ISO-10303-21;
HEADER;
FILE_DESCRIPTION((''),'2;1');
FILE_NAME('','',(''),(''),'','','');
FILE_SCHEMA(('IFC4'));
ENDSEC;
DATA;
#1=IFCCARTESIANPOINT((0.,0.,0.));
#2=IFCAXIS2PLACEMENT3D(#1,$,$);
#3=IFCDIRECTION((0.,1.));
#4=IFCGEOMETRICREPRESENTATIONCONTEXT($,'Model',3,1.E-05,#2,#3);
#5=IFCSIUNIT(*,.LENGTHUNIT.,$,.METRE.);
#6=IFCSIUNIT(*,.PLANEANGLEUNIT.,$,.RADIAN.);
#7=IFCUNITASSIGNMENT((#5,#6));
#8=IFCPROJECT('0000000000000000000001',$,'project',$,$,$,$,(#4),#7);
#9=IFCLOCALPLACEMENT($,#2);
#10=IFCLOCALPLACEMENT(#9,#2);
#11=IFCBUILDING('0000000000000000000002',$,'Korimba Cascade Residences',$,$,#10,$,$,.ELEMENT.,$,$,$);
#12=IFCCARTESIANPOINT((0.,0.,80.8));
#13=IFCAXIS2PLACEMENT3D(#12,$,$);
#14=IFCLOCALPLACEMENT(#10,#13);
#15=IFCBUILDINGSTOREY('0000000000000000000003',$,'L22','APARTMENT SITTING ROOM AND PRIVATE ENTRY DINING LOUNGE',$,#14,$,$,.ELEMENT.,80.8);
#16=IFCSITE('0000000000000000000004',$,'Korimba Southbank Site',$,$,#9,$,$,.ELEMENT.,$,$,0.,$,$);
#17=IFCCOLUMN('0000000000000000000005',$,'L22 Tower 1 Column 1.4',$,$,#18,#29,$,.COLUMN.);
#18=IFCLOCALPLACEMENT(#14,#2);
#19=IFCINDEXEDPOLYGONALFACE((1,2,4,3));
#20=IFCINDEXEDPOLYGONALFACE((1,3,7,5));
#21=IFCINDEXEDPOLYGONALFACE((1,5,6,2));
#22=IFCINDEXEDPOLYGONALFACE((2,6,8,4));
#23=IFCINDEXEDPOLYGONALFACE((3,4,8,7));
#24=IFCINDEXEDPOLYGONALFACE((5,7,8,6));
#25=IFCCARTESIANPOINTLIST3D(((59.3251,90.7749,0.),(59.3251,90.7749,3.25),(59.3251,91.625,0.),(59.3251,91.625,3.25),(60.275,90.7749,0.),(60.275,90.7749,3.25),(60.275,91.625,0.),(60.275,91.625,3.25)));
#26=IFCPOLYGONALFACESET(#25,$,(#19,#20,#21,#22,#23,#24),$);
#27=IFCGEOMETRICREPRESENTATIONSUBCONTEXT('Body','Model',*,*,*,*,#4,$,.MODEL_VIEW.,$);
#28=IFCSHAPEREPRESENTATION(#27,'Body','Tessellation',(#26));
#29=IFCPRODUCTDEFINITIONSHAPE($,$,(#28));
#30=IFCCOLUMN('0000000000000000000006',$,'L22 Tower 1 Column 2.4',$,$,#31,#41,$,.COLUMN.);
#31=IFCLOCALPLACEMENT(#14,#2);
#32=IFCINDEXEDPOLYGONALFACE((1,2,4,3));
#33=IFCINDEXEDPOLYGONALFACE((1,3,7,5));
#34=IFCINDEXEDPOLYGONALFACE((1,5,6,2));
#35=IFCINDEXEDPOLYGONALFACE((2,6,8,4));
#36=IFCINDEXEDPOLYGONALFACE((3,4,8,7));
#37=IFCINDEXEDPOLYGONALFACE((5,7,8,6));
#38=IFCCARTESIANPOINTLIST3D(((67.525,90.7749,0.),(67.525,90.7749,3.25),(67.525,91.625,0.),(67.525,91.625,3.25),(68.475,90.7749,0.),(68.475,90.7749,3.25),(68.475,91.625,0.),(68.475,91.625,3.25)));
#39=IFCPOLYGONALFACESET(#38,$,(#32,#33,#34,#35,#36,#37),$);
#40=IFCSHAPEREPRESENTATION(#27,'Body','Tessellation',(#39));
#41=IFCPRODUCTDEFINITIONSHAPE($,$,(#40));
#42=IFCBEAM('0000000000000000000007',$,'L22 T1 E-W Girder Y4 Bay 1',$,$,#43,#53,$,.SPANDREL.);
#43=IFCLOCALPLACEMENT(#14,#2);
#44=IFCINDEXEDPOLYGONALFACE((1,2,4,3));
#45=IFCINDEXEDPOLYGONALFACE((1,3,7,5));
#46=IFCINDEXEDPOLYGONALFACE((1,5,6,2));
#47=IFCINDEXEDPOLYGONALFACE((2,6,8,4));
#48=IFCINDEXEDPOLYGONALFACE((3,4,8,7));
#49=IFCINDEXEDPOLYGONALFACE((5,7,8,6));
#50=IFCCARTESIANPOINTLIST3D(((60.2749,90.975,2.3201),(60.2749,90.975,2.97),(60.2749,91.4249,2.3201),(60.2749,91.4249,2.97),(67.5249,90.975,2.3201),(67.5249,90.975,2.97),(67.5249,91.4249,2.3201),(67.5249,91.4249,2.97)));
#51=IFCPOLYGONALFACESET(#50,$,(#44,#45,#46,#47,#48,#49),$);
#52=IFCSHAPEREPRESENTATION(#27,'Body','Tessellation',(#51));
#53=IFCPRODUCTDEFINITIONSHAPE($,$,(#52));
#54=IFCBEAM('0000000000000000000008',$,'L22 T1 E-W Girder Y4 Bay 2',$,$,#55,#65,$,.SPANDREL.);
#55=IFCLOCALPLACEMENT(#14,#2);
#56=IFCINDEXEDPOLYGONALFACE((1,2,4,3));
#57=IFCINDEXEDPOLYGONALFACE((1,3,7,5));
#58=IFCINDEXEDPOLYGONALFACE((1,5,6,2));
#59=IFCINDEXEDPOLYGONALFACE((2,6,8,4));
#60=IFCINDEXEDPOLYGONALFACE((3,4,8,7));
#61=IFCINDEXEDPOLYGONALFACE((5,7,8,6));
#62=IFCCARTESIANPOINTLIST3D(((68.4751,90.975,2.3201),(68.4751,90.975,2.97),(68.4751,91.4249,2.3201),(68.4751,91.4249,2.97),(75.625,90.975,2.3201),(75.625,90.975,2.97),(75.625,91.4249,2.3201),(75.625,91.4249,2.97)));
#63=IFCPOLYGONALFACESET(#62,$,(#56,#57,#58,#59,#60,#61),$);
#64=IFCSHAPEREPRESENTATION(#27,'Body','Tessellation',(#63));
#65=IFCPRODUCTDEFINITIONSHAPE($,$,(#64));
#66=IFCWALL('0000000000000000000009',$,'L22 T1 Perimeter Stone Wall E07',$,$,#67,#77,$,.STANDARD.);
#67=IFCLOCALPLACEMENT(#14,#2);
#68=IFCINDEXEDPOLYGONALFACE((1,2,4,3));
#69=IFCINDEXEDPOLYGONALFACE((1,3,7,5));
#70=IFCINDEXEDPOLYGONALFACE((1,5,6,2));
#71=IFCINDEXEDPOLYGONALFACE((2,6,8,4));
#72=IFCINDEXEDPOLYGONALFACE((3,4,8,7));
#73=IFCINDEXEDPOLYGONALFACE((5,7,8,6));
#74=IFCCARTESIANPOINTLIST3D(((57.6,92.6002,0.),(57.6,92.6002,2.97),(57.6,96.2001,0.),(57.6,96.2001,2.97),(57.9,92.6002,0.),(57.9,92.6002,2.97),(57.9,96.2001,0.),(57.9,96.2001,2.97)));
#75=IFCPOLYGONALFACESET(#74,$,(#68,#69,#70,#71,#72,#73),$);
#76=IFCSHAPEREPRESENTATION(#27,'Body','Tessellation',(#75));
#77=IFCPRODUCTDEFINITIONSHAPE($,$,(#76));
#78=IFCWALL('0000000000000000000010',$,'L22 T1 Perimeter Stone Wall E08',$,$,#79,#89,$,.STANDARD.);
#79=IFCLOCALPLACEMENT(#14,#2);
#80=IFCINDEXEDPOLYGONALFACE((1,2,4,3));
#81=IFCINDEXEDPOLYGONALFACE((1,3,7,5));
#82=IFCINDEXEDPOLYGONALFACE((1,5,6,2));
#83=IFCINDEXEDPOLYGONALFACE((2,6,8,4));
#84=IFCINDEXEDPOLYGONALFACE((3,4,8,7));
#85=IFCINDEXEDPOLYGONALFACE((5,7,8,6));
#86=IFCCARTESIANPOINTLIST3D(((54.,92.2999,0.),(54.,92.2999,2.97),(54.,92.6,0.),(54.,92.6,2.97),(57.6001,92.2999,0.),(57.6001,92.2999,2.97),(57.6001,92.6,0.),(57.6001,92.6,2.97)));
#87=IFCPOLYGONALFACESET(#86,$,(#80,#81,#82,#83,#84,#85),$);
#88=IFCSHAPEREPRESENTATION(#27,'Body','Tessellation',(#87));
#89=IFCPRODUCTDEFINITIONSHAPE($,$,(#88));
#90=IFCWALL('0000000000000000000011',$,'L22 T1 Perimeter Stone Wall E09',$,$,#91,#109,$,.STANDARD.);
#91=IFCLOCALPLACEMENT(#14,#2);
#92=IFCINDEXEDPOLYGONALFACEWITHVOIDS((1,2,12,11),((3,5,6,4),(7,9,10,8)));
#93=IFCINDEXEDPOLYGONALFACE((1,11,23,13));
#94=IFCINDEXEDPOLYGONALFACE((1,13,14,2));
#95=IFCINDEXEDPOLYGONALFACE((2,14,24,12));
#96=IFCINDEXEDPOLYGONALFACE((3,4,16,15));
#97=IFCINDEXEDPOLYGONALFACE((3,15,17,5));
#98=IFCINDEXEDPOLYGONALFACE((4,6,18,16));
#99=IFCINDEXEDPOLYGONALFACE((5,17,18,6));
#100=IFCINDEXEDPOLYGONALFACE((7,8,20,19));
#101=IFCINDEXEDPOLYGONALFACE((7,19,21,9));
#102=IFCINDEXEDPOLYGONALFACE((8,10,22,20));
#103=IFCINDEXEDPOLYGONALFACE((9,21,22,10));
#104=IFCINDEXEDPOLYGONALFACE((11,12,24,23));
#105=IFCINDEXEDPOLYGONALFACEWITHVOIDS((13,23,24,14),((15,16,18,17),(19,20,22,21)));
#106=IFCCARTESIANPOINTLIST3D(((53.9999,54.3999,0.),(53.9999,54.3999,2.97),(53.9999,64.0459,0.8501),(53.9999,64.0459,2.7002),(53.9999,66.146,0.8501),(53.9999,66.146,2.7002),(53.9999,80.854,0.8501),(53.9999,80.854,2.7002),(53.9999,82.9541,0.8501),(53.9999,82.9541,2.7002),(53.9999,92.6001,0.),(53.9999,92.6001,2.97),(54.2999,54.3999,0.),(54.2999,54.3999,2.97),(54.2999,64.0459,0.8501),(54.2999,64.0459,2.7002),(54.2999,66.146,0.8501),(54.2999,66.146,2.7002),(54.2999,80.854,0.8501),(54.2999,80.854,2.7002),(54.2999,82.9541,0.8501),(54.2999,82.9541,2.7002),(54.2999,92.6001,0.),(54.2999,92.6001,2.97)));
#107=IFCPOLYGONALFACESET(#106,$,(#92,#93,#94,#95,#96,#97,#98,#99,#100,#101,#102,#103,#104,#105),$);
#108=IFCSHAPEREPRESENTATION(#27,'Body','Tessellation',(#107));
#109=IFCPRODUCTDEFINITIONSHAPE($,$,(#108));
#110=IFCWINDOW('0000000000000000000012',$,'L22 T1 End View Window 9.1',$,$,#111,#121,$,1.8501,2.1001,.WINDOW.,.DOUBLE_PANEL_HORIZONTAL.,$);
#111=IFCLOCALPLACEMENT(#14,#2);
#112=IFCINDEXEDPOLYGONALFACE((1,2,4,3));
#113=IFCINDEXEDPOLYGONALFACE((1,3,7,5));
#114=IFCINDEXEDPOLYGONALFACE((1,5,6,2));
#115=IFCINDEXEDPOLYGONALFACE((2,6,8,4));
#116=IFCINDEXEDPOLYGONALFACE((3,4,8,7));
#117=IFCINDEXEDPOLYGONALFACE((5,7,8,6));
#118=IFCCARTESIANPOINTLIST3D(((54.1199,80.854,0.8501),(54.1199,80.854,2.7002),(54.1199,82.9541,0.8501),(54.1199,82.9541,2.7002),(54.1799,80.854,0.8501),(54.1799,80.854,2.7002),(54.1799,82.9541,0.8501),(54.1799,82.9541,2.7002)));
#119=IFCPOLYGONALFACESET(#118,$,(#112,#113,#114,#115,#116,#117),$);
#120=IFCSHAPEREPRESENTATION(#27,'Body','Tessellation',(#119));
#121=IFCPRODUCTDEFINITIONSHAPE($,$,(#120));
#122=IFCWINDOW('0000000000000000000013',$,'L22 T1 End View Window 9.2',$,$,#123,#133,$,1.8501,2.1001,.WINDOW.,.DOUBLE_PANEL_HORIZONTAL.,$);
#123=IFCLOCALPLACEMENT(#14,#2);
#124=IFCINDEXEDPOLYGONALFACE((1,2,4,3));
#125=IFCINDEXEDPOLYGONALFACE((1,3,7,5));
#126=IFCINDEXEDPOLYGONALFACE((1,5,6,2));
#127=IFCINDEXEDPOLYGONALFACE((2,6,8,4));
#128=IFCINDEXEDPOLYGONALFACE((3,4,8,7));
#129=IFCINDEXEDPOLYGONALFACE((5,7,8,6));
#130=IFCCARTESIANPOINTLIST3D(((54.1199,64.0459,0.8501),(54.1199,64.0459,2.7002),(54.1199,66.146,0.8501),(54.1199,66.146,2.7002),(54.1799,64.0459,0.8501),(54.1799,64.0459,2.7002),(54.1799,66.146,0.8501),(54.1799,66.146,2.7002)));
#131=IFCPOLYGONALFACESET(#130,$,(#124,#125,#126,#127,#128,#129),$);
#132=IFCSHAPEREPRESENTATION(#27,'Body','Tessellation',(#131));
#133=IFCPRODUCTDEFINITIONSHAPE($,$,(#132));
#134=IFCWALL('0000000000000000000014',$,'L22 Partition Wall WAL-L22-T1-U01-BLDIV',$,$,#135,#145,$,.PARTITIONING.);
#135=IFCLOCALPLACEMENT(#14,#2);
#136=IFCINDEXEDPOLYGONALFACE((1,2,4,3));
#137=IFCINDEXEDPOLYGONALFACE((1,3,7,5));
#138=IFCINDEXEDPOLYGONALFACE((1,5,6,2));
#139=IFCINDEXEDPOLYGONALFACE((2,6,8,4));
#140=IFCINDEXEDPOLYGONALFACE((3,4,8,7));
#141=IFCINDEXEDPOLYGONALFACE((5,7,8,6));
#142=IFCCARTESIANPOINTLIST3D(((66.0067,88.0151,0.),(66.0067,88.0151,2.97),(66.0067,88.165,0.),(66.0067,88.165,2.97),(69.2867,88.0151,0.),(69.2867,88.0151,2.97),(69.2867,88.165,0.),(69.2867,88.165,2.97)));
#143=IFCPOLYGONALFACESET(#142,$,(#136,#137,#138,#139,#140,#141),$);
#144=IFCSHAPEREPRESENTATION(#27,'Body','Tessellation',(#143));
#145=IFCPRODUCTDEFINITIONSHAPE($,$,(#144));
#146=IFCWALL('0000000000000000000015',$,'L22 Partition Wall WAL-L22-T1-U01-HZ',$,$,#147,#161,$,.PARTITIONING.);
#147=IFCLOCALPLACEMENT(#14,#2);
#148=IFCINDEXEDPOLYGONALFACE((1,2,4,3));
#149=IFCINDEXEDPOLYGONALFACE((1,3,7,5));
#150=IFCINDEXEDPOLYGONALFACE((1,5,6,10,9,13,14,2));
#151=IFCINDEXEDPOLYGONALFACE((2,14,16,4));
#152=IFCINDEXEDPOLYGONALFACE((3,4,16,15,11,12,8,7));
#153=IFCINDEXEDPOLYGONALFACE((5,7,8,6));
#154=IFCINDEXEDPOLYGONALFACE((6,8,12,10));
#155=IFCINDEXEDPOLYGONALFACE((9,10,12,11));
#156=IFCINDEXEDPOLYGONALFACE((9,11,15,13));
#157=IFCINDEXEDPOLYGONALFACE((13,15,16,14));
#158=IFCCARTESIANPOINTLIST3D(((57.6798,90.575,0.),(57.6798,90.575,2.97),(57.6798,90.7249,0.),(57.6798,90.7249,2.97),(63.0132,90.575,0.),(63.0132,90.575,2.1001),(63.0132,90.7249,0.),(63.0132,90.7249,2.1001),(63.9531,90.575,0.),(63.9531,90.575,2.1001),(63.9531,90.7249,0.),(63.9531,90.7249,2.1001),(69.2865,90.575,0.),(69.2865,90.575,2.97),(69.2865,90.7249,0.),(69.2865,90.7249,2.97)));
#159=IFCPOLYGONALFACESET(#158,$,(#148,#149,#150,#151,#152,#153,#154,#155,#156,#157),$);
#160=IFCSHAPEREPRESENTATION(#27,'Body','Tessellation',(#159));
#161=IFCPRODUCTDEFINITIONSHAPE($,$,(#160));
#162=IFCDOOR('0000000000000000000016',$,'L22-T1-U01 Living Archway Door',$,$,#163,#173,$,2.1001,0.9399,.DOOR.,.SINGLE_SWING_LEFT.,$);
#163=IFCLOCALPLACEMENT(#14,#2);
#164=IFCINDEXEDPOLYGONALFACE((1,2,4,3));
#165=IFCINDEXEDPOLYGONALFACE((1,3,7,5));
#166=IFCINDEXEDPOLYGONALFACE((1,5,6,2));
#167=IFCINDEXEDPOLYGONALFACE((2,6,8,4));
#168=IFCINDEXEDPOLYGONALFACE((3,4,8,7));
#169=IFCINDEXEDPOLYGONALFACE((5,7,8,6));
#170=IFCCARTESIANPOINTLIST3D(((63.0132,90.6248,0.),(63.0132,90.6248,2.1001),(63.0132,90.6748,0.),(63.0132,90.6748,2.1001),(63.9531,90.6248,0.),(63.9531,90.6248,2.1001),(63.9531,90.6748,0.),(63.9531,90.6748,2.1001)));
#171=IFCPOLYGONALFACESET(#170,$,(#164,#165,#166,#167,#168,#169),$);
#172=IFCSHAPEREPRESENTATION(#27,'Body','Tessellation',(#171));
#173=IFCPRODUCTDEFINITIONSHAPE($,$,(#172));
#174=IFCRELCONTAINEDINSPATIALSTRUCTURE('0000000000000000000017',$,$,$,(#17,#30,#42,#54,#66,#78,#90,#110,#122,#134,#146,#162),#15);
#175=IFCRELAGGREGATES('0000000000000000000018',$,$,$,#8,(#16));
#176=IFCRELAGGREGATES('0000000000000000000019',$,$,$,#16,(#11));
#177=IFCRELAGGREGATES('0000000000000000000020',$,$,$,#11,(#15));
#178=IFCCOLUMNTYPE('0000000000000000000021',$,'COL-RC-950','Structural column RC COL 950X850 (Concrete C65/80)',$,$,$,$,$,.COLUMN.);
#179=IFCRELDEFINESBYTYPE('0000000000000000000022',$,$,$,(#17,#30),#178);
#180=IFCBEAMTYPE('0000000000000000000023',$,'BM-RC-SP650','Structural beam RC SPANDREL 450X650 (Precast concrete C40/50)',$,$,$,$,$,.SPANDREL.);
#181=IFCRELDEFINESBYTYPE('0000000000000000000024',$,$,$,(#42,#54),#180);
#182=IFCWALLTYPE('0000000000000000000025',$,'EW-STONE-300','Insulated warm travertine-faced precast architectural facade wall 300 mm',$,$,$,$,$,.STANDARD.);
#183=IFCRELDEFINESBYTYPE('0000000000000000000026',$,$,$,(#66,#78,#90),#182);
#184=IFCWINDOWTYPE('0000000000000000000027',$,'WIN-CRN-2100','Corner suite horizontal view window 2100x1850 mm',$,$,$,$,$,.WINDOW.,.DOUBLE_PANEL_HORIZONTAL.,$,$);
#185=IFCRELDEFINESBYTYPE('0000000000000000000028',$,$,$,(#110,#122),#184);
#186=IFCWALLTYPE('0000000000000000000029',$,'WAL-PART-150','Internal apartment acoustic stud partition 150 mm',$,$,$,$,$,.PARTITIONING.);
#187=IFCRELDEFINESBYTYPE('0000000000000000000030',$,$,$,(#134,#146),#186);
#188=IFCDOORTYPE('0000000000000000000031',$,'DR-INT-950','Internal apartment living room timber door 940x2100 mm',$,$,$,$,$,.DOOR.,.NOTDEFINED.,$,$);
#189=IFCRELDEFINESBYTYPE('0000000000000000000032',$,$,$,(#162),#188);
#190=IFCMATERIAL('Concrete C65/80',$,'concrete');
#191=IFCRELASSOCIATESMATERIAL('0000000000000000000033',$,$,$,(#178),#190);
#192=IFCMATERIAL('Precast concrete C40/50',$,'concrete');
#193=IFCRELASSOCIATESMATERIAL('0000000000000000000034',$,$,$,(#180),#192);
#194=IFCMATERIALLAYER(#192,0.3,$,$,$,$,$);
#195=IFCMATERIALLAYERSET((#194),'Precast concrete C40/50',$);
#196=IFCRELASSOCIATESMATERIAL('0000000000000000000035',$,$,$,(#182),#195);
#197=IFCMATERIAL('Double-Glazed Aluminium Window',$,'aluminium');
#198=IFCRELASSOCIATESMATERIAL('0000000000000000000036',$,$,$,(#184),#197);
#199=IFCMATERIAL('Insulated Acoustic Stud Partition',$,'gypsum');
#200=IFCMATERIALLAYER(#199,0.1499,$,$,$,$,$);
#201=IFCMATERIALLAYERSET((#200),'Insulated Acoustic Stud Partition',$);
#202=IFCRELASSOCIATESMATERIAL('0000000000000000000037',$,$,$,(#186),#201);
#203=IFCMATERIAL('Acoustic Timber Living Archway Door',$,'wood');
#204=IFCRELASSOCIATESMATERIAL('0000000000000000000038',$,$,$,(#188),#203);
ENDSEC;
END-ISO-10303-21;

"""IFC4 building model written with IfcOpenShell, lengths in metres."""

from ifc_helpers import new_model, si_unit, direction, frame, frame_2d, origin, origin_2d, place, context, subcontext, project, spatial, rectangle, extrude, material, layer, layer_set, material_profile, profile_set, type_object, element, fill, save


model = new_model("IFC4")

# Units and contexts
model_context = context("Model", 3, precision=1e-05, world=origin(), true_north=direction((0.0, 1.0)))
body_context = subcontext(model_context, "Body", "Model", "MODEL_VIEW")
ifc_project = project(units=[si_unit("LENGTHUNIT", "METRE"), si_unit("PLANEANGLEUNIT", "RADIAN")], contexts=[model_context])

# Site, building, storey
site_placement = place(None, origin())
site = spatial("IfcSite", under=ifc_project, at=site_placement, Name="Korimba Southbank Site", CompositionType="ELEMENT", RefElevation=0.0)
building_placement = place(site_placement, origin())
building = spatial("IfcBuilding", under=site, at=building_placement, Name="Korimba Cascade Residences", CompositionType="ELEMENT")
storey_placement = place(building_placement, frame((0.0, 0.0, 80.8)))
storey = spatial("IfcBuildingStorey", under=building, at=storey_placement, Name="L22", Description="APARTMENT SITTING ROOM AND PRIVATE ENTRY DINING LOUNGE", CompositionType="ELEMENT", Elevation=80.8)

# Columns
ifc_material_1 = material(Name="Concrete C65/80", Category="concrete")
ifc_material_profile_1 = material_profile(ifc_material_1, rectangle(XDim=0.95, YDim=0.8501, at=origin_2d()), Name="Concrete C65/80")
ifc_profile_set_1 = profile_set([ifc_material_profile_1], Name="Concrete C65/80")
column_type = type_object("IfcColumnType", Name="COL-RC-950", Description="Structural column RC COL 950X850 (Concrete C65/80)", PredefinedType="COLUMN", material=ifc_profile_set_1)
for number, where, z_axis, x_axis, name in (
    (1, (59.8, 91.2, 0.0), (0.0, 0.0, 1.0), (1.0, 0.0, 0.0), "L22 Tower 1 Column 1.4"),
    (2, (68.0, 91.2, 0.0), (0.0, 0.0, 1.0), (1.0, 0.0, 0.0), "L22 Tower 1 Column 2.4"),
):
    element("IfcColumn", number, at=place(storey_placement, frame(where, z_axis=z_axis, x_axis=x_axis)), inside=storey, type_object=column_type, Name=name, PredefinedType="COLUMN", context=body_context, shape_type="SweptSolid", body=[
        extrude(rectangle(XDim=0.95, YDim=0.8501, at=origin_2d()), origin(), (0.0, 0.0, 1.0), 3.25),
    ])

# Beams
ifc_material_2 = material(Name="Precast concrete C40/50", Category="concrete")
ifc_material_profile_2 = material_profile(ifc_material_2, rectangle(XDim=0.45, YDim=0.6499, at=origin_2d()), Name="Precast concrete C40/50")
ifc_profile_set_2 = profile_set([ifc_material_profile_2], Name="Precast concrete C40/50")
beam_type = type_object("IfcBeamType", Name="BM-RC-SP650", Description="Structural beam RC SPANDREL 450X650 (Precast concrete C40/50)", PredefinedType="SPANDREL", material=ifc_profile_set_2)
beam_1_placement = place(storey_placement, frame((60.2749, 91.2, 2.645), z_axis=(1.0, 0.0, 0.0), x_axis=(0.0, 1.0, 0.0)))
element("IfcBeam", 3, at=beam_1_placement, inside=storey, type_object=beam_type, Name="L22 T1 E-W Girder Y4 Bay 1", PredefinedType="SPANDREL", context=body_context, shape_type="SweptSolid", body=[
    extrude(rectangle(XDim=0.45, YDim=0.6499, at=origin_2d()), origin(), (0.0, 0.0, 1.0), 7.25),
])
beam_2_placement = place(storey_placement, frame((68.4751, 91.2, 2.645), z_axis=(1.0, 0.0, 0.0), x_axis=(0.0, 1.0, 0.0)))
element("IfcBeam", 4, at=beam_2_placement, inside=storey, type_object=beam_type, Name="L22 T1 E-W Girder Y4 Bay 2", PredefinedType="SPANDREL", context=body_context, shape_type="SweptSolid", body=[
    extrude(rectangle(XDim=0.45, YDim=0.6499, at=origin_2d()), origin(), (0.0, 0.0, 1.0), 7.1499),
])

# Walls
ifc_layer_1 = layer(ifc_material_2, 0.3)
ifc_layer_set_1 = layer_set([ifc_layer_1], Name="Precast concrete C40/50")
wall_type_1 = type_object("IfcWallType", Name="EW-STONE-300", Description="Insulated warm travertine-faced precast architectural facade wall 300 mm", PredefinedType="STANDARD", material=ifc_layer_set_1)
wall_1_placement = place(storey_placement, frame((57.75, 96.2, 0.0), z_axis=(0.0, 0.0, 1.0), x_axis=(0.0, -1.0, 0.0)))
element("IfcWall", 5, at=wall_1_placement, inside=storey, type_object=wall_type_1, Name="L22 T1 Perimeter Stone Wall E07", PredefinedType="STANDARD", context=body_context, shape_type="SweptSolid", body=[
    extrude(rectangle(XDim=3.5999, YDim=0.3, at=frame_2d((1.7998, 0.0))), origin(), (0.0, 0.0, 1.0), 2.97),
])
wall_2_placement = place(storey_placement, frame((57.6001, 92.45, 0.0), z_axis=(0.0, 0.0, 1.0), x_axis=(-1.0, 0.0, 0.0)))
element("IfcWall", 6, at=wall_2_placement, inside=storey, type_object=wall_type_1, Name="L22 T1 Perimeter Stone Wall E08", PredefinedType="STANDARD", context=body_context, shape_type="SweptSolid", body=[
    extrude(rectangle(XDim=3.6001, YDim=0.3, at=frame_2d((1.8, 0.0))), origin(), (0.0, 0.0, 1.0), 2.97),
])

# Wall, openings, windows
wall_3_placement = place(storey_placement, frame((54.1499, 92.6001, 0.0), z_axis=(0.0, 0.0, 1.0), x_axis=(0.0, -1.0, 0.0)))
wall_3 = element("IfcWall", 7, at=wall_3_placement, inside=storey, type_object=wall_type_1, Name="L22 T1 Perimeter Stone Wall E09", PredefinedType="STANDARD", context=body_context, shape_type="SweptSolid", body=[
    extrude(rectangle(XDim=38.2002, YDim=0.3, at=frame_2d((19.1001, 0.0))), origin(), (0.0, 0.0, 1.0), 2.97),
])
opening_1_placement = place(wall_3_placement, frame((9.646, 0.0, 0.8501)))
opening_1 = element("IfcOpeningElement", 8, at=opening_1_placement, cuts=wall_3, PredefinedType="OPENING", context=body_context, shape_type="SweptSolid", body=[
    extrude(rectangle(XDim=2.1001, YDim=1.8501, at=frame_2d((1.05, 0.925))), frame((0.0, 0.1602, 0.0), z_axis=(0.0, -1.0, 0.0), x_axis=(1.0, 0.0, 0.0)), (0.0, 0.0, 1.0), 0.3201),
])
opening_2_placement = place(wall_3_placement, frame((26.4541, 0.0, 0.8501)))
opening_2 = element("IfcOpeningElement", 9, at=opening_2_placement, cuts=wall_3, PredefinedType="OPENING", context=body_context, shape_type="SweptSolid", body=[
    extrude(rectangle(XDim=2.1001, YDim=1.8501, at=frame_2d((1.05, 0.925))), frame((0.0, 0.1602, 0.0), z_axis=(0.0, -1.0, 0.0), x_axis=(1.0, 0.0, 0.0)), (0.0, 0.0, 1.0), 0.3201),
])
ifc_material_3 = material(Name="Double-Glazed Aluminium Window", Category="aluminium")
window_type = type_object("IfcWindowType", Name="WIN-CRN-2100", Description="Corner suite horizontal view window 2100x1850 mm", PartitioningType="DOUBLE_PANEL_HORIZONTAL", PredefinedType="WINDOW", material=ifc_material_3)
window_1_placement = place(opening_1_placement, origin())
window_1 = element("IfcWindow", 10, at=window_1_placement, inside=storey, type_object=window_type, Name="L22 T1 End View Window 9.1", OverallHeight=1.8501, OverallWidth=2.1001, PartitioningType="DOUBLE_PANEL_HORIZONTAL", PredefinedType="WINDOW", context=body_context, shape_type="SweptSolid", body=[
    extrude(rectangle(XDim=2.1001, YDim=1.8501, at=frame_2d((1.05, 0.925))), frame((0.0, 0.03, 0.0), z_axis=(0.0, -1.0, 0.0), x_axis=(1.0, 0.0, 0.0)), (0.0, 0.0, 1.0), 0.0601),
])
fill(opening_1, window_1)
window_2_placement = place(opening_2_placement, origin())
window_2 = element("IfcWindow", 11, at=window_2_placement, inside=storey, type_object=window_type, Name="L22 T1 End View Window 9.2", OverallHeight=1.8501, OverallWidth=2.1001, PartitioningType="DOUBLE_PANEL_HORIZONTAL", PredefinedType="WINDOW", context=body_context, shape_type="SweptSolid", body=[
    extrude(rectangle(XDim=2.1001, YDim=1.8501, at=frame_2d((1.05, 0.925))), frame((0.0, 0.03, 0.0), z_axis=(0.0, -1.0, 0.0), x_axis=(1.0, 0.0, 0.0)), (0.0, 0.0, 1.0), 0.0601),
])
fill(opening_2, window_2)

# Wall
ifc_material_4 = material(Name="Insulated Acoustic Stud Partition", Category="gypsum")
ifc_layer_2 = layer(ifc_material_4, 0.1499)
ifc_layer_set_2 = layer_set([ifc_layer_2], Name="Insulated Acoustic Stud Partition")
wall_type_2 = type_object("IfcWallType", Name="WAL-PART-150", Description="Internal apartment acoustic stud partition 150 mm", PredefinedType="PARTITIONING", material=ifc_layer_set_2)
wall_4_placement = place(storey_placement, frame((66.0066, 88.0901, 0.0), z_axis=(0.0, 0.0, 1.0), x_axis=(1.0, 0.0, 0.0)))
element("IfcWall", 12, at=wall_4_placement, inside=storey, type_object=wall_type_2, Name="L22 Partition Wall WAL-L22-T1-U01-BLDIV", PredefinedType="PARTITIONING", context=body_context, shape_type="SweptSolid", body=[
    extrude(rectangle(XDim=3.28, YDim=0.1499, at=frame_2d((1.6401, 0.0))), origin(), (0.0, 0.0, 1.0), 2.97),
])

# Wall, opening, door
wall_5_placement = place(storey_placement, frame((57.6799, 90.6499, 0.0), z_axis=(0.0, 0.0, 1.0), x_axis=(1.0, 0.0, 0.0)))
wall_5 = element("IfcWall", 13, at=wall_5_placement, inside=storey, type_object=wall_type_2, Name="L22 Partition Wall WAL-L22-T1-U01-HZ", PredefinedType="PARTITIONING", context=body_context, shape_type="SweptSolid", body=[
    extrude(rectangle(XDim=11.6067, YDim=0.1499, at=frame_2d((5.8032, 0.0))), origin(), (0.0, 0.0, 1.0), 2.97),
])
opening_3_placement = place(wall_5_placement, frame((5.3333, 0.0, 0.0)))
opening_3 = element("IfcOpeningElement", 14, at=opening_3_placement, cuts=wall_5, PredefinedType="OPENING", context=body_context, shape_type="SweptSolid", body=[
    extrude(rectangle(XDim=0.9399, YDim=2.1001, at=frame_2d((0.47, 1.05))), frame((0.0, 0.085, 0.0), z_axis=(0.0, -1.0, 0.0), x_axis=(1.0, 0.0, 0.0)), (0.0, 0.0, 1.0), 0.1699),
])
ifc_material_5 = material(Name="Acoustic Timber Living Archway Door", Category="wood")
door_type = type_object("IfcDoorType", Name="DR-INT-950", Description="Internal apartment living room timber door 940x2100 mm", OperationType="NOTDEFINED", PredefinedType="DOOR", material=ifc_material_5)
door_1_placement = place(opening_3_placement, origin())
door_1 = element("IfcDoor", 15, at=door_1_placement, inside=storey, type_object=door_type, Name="L22-T1-U01 Living Archway Door", OperationType="SINGLE_SWING_LEFT", OverallHeight=2.1001, OverallWidth=0.9399, PredefinedType="DOOR", context=body_context, shape_type="SweptSolid", body=[
    extrude(rectangle(XDim=0.9399, YDim=2.1001, at=frame_2d((0.47, 1.05))), frame((0.0, 0.0249, 0.0), z_axis=(0.0, -1.0, 0.0), x_axis=(1.0, 0.0, 0.0)), (0.0, 0.0, 1.0), 0.05),
])
fill(opening_3, door_1)

save(model, "model.ifc")
